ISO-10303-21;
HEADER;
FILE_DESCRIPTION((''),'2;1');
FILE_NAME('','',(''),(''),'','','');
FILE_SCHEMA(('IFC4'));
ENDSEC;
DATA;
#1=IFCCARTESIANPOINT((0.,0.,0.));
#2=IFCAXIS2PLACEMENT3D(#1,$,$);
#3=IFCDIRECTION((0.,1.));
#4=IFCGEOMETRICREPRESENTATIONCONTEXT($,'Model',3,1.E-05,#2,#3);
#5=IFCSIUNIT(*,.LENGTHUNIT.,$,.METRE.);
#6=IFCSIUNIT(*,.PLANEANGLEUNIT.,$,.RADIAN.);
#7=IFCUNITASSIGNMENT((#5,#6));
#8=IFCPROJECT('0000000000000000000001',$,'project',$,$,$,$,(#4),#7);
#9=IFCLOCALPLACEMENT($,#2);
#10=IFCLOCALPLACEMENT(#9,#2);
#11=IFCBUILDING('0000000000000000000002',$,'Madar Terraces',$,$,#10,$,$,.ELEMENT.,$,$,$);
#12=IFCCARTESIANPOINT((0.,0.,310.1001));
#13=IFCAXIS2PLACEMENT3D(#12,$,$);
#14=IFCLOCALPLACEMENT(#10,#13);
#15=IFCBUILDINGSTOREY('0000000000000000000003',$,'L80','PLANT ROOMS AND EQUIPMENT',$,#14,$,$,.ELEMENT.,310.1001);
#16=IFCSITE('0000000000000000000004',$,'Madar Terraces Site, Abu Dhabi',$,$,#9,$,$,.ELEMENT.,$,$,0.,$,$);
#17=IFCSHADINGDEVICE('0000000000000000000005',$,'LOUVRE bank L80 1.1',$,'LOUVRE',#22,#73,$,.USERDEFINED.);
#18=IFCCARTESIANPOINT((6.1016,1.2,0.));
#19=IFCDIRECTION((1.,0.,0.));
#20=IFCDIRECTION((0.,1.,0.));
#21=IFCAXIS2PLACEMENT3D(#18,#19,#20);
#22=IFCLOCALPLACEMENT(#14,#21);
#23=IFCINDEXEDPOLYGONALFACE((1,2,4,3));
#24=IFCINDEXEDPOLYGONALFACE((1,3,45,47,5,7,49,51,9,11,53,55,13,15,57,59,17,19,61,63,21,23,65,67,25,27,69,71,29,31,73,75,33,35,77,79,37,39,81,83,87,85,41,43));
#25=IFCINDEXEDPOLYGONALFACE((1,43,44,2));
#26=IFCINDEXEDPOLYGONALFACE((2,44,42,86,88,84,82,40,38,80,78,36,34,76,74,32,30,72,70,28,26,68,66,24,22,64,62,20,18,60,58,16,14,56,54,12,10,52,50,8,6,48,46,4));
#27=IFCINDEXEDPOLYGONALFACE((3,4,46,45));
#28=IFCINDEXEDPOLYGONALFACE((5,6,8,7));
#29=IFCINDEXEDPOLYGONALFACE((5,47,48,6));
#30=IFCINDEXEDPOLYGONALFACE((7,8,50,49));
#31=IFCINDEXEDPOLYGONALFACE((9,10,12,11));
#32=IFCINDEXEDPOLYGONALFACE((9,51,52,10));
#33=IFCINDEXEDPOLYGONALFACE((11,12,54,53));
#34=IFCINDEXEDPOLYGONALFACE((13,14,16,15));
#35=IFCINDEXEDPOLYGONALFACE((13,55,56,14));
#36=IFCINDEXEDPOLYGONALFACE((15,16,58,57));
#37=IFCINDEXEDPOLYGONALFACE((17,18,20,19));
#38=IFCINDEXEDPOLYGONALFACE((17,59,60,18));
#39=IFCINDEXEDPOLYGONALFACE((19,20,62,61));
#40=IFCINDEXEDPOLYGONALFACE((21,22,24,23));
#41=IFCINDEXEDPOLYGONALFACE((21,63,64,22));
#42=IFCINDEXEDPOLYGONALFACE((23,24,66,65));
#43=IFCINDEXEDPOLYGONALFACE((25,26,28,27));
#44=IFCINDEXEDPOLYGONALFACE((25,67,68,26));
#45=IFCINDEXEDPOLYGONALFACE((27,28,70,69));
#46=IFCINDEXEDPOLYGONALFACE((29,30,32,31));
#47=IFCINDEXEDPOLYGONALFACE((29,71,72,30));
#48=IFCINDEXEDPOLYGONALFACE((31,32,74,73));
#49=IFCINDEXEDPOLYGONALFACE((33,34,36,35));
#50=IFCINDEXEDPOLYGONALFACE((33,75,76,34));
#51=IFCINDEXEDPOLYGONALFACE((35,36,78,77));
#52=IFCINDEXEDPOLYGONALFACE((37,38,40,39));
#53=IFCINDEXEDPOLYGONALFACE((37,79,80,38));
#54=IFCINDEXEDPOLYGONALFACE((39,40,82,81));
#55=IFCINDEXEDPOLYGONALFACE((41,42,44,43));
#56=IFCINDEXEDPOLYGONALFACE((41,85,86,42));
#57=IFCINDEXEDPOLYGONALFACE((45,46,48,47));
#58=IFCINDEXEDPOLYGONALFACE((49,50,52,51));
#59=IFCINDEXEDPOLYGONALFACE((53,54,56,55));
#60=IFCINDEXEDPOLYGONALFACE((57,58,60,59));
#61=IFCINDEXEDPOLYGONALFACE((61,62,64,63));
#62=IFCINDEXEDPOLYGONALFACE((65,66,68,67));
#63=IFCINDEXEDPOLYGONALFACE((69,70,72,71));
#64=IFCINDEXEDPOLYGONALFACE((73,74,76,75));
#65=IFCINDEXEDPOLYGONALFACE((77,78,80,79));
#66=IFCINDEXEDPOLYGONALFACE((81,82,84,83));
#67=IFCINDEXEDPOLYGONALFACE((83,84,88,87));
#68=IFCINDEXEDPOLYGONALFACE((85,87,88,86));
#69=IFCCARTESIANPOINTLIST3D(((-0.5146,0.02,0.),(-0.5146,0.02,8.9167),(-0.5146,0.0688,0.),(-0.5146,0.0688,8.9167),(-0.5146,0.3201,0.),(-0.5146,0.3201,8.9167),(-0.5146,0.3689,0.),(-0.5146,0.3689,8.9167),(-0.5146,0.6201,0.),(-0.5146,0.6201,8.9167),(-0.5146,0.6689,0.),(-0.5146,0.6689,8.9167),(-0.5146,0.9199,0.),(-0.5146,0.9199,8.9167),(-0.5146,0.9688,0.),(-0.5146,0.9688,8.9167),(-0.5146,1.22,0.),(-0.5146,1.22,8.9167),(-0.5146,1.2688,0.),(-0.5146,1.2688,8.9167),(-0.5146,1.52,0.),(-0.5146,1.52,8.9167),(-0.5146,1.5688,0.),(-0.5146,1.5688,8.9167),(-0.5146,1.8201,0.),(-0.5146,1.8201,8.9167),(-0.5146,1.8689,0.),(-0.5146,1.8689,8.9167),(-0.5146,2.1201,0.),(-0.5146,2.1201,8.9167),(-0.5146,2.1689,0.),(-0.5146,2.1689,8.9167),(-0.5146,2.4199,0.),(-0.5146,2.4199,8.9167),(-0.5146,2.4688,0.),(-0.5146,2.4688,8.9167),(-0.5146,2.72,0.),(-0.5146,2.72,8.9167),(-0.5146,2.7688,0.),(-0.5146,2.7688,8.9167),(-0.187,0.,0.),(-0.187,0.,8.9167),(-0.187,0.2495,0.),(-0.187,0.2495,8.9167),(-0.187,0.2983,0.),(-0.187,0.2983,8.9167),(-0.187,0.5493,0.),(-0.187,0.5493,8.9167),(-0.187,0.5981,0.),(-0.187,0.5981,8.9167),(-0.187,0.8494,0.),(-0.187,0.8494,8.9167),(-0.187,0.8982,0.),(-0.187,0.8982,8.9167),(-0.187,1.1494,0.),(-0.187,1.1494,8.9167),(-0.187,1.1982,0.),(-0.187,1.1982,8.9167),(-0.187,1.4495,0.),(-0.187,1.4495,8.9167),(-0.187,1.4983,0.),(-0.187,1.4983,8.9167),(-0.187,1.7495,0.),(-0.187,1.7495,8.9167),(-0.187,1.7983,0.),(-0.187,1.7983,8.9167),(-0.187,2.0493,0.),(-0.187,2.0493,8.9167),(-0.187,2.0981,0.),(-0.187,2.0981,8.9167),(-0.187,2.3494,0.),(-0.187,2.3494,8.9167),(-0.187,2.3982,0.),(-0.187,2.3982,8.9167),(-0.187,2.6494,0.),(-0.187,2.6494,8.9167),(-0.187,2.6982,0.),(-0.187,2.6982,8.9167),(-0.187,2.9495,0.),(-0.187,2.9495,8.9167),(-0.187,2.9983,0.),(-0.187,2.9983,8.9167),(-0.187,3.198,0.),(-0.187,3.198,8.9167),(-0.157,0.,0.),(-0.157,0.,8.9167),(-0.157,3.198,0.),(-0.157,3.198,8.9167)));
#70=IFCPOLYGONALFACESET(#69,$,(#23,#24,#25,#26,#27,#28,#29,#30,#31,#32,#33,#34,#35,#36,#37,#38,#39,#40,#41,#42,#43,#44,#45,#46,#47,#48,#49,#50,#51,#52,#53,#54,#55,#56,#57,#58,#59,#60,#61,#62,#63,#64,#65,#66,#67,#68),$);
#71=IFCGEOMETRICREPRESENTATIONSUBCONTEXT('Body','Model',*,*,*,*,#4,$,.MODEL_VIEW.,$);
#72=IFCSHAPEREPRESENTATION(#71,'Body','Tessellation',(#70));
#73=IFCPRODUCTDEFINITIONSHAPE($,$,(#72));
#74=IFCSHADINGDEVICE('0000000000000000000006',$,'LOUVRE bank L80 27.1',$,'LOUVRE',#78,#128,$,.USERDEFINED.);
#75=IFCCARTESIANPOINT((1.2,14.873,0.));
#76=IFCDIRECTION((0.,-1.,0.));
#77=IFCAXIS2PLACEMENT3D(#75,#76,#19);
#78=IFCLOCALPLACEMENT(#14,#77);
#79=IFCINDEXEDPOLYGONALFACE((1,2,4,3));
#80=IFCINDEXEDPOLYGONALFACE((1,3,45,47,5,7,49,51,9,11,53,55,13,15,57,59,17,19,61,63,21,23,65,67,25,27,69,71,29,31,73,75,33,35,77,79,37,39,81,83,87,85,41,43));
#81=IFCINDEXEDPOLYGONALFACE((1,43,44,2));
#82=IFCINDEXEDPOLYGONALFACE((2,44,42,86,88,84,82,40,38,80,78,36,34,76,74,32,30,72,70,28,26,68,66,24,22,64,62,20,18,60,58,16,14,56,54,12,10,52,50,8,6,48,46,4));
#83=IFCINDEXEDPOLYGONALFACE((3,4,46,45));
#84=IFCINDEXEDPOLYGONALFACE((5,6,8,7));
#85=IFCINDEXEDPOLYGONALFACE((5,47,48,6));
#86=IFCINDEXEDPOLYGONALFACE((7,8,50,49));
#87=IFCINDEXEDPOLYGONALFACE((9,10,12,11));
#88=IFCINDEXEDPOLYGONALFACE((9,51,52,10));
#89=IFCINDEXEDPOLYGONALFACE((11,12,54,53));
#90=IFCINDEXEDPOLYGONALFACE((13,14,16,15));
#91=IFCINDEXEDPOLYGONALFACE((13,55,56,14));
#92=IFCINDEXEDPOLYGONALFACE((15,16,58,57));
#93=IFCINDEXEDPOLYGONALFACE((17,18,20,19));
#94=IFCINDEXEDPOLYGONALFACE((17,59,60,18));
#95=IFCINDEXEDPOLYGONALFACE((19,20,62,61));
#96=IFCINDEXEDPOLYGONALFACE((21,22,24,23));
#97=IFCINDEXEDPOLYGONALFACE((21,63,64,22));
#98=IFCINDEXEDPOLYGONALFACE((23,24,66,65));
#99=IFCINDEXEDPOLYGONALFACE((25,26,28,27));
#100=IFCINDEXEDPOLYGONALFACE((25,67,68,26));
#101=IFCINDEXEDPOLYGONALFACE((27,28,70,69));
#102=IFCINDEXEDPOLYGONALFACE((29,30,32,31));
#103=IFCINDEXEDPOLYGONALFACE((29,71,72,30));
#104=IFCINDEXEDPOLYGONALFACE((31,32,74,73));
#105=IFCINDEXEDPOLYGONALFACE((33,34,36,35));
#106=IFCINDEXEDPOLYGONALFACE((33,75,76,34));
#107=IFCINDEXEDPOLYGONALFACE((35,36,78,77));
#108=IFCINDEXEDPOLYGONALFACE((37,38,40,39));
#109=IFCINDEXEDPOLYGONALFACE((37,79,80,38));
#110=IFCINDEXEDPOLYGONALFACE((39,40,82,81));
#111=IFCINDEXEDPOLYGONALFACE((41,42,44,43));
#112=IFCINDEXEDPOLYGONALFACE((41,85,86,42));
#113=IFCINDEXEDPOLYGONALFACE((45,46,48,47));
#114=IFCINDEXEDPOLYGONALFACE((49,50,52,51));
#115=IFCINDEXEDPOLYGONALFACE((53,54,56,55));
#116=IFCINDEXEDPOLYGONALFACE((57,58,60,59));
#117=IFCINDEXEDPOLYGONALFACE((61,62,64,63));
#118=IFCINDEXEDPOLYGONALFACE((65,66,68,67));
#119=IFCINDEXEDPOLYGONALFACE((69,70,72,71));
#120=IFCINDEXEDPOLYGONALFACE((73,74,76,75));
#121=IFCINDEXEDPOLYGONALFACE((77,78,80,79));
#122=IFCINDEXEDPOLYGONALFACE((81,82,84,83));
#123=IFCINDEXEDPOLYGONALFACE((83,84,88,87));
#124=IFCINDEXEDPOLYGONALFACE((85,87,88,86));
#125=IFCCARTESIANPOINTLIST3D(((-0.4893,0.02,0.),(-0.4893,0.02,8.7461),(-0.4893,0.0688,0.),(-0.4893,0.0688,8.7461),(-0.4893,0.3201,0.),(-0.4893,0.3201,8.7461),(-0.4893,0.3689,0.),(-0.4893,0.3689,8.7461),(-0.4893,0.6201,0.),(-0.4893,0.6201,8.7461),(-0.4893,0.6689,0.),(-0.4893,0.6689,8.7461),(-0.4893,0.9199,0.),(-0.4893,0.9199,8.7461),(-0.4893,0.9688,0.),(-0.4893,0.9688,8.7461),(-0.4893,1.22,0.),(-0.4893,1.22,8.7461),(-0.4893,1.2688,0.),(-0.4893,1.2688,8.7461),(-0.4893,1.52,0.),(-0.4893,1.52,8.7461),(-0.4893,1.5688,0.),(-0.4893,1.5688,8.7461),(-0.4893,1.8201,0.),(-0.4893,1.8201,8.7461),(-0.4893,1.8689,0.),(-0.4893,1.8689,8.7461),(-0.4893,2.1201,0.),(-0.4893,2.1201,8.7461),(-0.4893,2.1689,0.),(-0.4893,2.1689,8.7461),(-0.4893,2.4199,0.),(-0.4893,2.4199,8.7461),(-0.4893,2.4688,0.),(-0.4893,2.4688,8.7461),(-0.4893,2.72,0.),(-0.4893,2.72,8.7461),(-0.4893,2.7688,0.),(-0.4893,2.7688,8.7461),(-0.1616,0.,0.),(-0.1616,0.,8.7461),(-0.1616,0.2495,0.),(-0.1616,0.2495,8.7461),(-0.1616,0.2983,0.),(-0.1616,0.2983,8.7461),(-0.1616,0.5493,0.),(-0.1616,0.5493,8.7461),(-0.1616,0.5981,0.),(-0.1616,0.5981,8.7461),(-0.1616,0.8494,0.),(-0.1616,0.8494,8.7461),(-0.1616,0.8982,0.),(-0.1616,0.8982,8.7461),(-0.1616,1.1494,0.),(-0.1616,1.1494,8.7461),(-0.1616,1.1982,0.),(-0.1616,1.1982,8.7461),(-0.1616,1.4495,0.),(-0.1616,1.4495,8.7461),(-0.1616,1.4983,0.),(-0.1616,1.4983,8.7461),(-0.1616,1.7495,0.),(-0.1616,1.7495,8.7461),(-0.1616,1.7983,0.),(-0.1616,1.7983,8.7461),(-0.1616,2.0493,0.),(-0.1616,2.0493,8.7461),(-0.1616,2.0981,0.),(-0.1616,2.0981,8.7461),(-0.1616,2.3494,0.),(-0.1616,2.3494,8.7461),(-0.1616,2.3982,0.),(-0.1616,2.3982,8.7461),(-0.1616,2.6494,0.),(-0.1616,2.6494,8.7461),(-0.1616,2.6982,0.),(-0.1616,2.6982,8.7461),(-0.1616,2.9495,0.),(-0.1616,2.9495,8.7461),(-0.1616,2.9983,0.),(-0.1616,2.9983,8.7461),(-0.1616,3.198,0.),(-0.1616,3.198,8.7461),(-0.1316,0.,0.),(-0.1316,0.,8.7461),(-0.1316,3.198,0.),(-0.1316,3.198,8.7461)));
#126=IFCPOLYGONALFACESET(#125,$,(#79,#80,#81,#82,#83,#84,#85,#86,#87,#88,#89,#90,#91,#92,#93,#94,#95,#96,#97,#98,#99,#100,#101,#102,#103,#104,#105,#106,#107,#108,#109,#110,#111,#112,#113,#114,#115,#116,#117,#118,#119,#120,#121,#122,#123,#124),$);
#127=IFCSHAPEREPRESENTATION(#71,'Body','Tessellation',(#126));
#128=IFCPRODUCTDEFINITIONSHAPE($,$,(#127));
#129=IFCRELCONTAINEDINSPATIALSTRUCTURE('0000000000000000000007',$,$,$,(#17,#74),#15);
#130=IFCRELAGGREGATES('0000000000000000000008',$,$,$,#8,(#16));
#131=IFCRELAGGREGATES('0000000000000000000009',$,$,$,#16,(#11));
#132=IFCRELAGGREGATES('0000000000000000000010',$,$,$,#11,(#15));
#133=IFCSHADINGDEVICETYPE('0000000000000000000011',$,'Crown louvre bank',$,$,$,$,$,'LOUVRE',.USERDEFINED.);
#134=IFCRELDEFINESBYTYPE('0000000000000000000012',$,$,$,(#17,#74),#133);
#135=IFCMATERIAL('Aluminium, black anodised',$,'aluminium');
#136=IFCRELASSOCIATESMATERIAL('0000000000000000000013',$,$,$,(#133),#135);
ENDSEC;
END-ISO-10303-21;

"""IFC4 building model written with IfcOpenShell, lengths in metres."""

from ifc_helpers import new_model, si_unit, direction, frame, origin, place, context, subcontext, project, spatial, polyline, outline, extrude, material, type_object, element, save


model = new_model("IFC4")

# Units and contexts
model_context = context("Model", 3, precision=1e-05, world=origin(), true_north=direction((0.0, 1.0)))
body_context = subcontext(model_context, "Body", "Model", "MODEL_VIEW")
ifc_project = project(units=[si_unit("LENGTHUNIT", "METRE"), si_unit("PLANEANGLEUNIT", "RADIAN")], contexts=[model_context])

# Site, building, storey
site_placement = place(None, origin())
site = spatial("IfcSite", under=ifc_project, at=site_placement, Name="Madar Terraces Site, Abu Dhabi", CompositionType="ELEMENT", RefElevation=0.0)
building_placement = place(site_placement, origin())
building = spatial("IfcBuilding", under=site, at=building_placement, Name="Madar Terraces", CompositionType="ELEMENT")
storey_placement = place(building_placement, frame((0.0, 0.0, 310.1001)))
storey = spatial("IfcBuildingStorey", under=building, at=storey_placement, Name="L80", Description="PLANT ROOMS AND EQUIPMENT", CompositionType="ELEMENT", Elevation=310.1001)

# Shading devices
ifc_material_1 = material(Name="Aluminium, black anodised", Category="aluminium")
shading_device_type = type_object("IfcShadingDeviceType", Name="Crown louvre bank", ElementType="LOUVRE", PredefinedType="USERDEFINED", material=ifc_material_1)
shading_device_1_placement = place(storey_placement, frame((6.1016, 1.2, 0.0), z_axis=(1.0, 0.0, 0.0), x_axis=(0.0, 1.0, 0.0)))
element("IfcShadingDevice", 1, at=shading_device_1_placement, inside=storey, type_object=shading_device_type, Name="LOUVRE bank L80 1.1", ObjectType="LOUVRE", PredefinedType="USERDEFINED", context=body_context, shape_type="SweptSolid", body=[
    extrude(outline(polyline([(-0.157, 0.0), (-0.187, 0.0), (-0.187, 0.2495), (-0.5146, 0.02), (-0.5146, 0.0688), (-0.187, 0.2983), (-0.187, 0.5493), (-0.5146, 0.3201), (-0.5146, 0.3689), (-0.187, 0.5981), (-0.187, 0.8494), (-0.5146, 0.6201), (-0.5146, 0.6689), (-0.187, 0.8982), (-0.187, 1.1494), (-0.5146, 0.9199), (-0.5146, 0.9688), (-0.187, 1.1982), (-0.187, 1.4495), (-0.5146, 1.22), (-0.5146, 1.2688), (-0.187, 1.4983), (-0.187, 1.7495), (-0.5146, 1.52), (-0.5146, 1.5688), (-0.187, 1.7983), (-0.187, 2.0493), (-0.5146, 1.8201), (-0.5146, 1.8689), (-0.187, 2.0981), (-0.187, 2.3494), (-0.5146, 2.1201), (-0.5146, 2.1689), (-0.187, 2.3982), (-0.187, 2.6494), (-0.5146, 2.4199), (-0.5146, 2.4688), (-0.187, 2.6982), (-0.187, 2.9495), (-0.5146, 2.72), (-0.5146, 2.7688), (-0.187, 2.9983), (-0.187, 3.198), (-0.157, 3.198), (-0.157, 0.0)])), origin(), (0.0, 0.0, 1.0), 8.9167),
])
shading_device_2_placement = place(storey_placement, frame((1.2, 14.873, 0.0), z_axis=(0.0, -1.0, 0.0), x_axis=(1.0, 0.0, 0.0)))
element("IfcShadingDevice", 2, at=shading_device_2_placement, inside=storey, type_object=shading_device_type, Name="LOUVRE bank L80 27.1", ObjectType="LOUVRE", PredefinedType="USERDEFINED", context=body_context, shape_type="SweptSolid", body=[
    extrude(outline(polyline([(-0.1316, 0.0), (-0.1616, 0.0), (-0.1616, 0.2495), (-0.4893, 0.02), (-0.4893, 0.0688), (-0.1616, 0.2983), (-0.1616, 0.5493), (-0.4893, 0.3201), (-0.4893, 0.3689), (-0.1616, 0.5981), (-0.1616, 0.8494), (-0.4893, 0.6201), (-0.4893, 0.6689), (-0.1616, 0.8982), (-0.1616, 1.1494), (-0.4893, 0.9199), (-0.4893, 0.9688), (-0.1616, 1.1982), (-0.1616, 1.4495), (-0.4893, 1.22), (-0.4893, 1.2688), (-0.1616, 1.4983), (-0.1616, 1.7495), (-0.4893, 1.52), (-0.4893, 1.5688), (-0.1616, 1.7983), (-0.1616, 2.0493), (-0.4893, 1.8201), (-0.4893, 1.8689), (-0.1616, 2.0981), (-0.1616, 2.3494), (-0.4893, 2.1201), (-0.4893, 2.1689), (-0.1616, 2.3982), (-0.1616, 2.6494), (-0.4893, 2.4199), (-0.4893, 2.4688), (-0.1616, 2.6982), (-0.1616, 2.9495), (-0.4893, 2.72), (-0.4893, 2.7688), (-0.1616, 2.9983), (-0.1616, 3.198), (-0.1316, 3.198), (-0.1316, 0.0)])), origin(), (0.0, 0.0, 1.0), 8.7461),
])

save(model, "model.ifc")
